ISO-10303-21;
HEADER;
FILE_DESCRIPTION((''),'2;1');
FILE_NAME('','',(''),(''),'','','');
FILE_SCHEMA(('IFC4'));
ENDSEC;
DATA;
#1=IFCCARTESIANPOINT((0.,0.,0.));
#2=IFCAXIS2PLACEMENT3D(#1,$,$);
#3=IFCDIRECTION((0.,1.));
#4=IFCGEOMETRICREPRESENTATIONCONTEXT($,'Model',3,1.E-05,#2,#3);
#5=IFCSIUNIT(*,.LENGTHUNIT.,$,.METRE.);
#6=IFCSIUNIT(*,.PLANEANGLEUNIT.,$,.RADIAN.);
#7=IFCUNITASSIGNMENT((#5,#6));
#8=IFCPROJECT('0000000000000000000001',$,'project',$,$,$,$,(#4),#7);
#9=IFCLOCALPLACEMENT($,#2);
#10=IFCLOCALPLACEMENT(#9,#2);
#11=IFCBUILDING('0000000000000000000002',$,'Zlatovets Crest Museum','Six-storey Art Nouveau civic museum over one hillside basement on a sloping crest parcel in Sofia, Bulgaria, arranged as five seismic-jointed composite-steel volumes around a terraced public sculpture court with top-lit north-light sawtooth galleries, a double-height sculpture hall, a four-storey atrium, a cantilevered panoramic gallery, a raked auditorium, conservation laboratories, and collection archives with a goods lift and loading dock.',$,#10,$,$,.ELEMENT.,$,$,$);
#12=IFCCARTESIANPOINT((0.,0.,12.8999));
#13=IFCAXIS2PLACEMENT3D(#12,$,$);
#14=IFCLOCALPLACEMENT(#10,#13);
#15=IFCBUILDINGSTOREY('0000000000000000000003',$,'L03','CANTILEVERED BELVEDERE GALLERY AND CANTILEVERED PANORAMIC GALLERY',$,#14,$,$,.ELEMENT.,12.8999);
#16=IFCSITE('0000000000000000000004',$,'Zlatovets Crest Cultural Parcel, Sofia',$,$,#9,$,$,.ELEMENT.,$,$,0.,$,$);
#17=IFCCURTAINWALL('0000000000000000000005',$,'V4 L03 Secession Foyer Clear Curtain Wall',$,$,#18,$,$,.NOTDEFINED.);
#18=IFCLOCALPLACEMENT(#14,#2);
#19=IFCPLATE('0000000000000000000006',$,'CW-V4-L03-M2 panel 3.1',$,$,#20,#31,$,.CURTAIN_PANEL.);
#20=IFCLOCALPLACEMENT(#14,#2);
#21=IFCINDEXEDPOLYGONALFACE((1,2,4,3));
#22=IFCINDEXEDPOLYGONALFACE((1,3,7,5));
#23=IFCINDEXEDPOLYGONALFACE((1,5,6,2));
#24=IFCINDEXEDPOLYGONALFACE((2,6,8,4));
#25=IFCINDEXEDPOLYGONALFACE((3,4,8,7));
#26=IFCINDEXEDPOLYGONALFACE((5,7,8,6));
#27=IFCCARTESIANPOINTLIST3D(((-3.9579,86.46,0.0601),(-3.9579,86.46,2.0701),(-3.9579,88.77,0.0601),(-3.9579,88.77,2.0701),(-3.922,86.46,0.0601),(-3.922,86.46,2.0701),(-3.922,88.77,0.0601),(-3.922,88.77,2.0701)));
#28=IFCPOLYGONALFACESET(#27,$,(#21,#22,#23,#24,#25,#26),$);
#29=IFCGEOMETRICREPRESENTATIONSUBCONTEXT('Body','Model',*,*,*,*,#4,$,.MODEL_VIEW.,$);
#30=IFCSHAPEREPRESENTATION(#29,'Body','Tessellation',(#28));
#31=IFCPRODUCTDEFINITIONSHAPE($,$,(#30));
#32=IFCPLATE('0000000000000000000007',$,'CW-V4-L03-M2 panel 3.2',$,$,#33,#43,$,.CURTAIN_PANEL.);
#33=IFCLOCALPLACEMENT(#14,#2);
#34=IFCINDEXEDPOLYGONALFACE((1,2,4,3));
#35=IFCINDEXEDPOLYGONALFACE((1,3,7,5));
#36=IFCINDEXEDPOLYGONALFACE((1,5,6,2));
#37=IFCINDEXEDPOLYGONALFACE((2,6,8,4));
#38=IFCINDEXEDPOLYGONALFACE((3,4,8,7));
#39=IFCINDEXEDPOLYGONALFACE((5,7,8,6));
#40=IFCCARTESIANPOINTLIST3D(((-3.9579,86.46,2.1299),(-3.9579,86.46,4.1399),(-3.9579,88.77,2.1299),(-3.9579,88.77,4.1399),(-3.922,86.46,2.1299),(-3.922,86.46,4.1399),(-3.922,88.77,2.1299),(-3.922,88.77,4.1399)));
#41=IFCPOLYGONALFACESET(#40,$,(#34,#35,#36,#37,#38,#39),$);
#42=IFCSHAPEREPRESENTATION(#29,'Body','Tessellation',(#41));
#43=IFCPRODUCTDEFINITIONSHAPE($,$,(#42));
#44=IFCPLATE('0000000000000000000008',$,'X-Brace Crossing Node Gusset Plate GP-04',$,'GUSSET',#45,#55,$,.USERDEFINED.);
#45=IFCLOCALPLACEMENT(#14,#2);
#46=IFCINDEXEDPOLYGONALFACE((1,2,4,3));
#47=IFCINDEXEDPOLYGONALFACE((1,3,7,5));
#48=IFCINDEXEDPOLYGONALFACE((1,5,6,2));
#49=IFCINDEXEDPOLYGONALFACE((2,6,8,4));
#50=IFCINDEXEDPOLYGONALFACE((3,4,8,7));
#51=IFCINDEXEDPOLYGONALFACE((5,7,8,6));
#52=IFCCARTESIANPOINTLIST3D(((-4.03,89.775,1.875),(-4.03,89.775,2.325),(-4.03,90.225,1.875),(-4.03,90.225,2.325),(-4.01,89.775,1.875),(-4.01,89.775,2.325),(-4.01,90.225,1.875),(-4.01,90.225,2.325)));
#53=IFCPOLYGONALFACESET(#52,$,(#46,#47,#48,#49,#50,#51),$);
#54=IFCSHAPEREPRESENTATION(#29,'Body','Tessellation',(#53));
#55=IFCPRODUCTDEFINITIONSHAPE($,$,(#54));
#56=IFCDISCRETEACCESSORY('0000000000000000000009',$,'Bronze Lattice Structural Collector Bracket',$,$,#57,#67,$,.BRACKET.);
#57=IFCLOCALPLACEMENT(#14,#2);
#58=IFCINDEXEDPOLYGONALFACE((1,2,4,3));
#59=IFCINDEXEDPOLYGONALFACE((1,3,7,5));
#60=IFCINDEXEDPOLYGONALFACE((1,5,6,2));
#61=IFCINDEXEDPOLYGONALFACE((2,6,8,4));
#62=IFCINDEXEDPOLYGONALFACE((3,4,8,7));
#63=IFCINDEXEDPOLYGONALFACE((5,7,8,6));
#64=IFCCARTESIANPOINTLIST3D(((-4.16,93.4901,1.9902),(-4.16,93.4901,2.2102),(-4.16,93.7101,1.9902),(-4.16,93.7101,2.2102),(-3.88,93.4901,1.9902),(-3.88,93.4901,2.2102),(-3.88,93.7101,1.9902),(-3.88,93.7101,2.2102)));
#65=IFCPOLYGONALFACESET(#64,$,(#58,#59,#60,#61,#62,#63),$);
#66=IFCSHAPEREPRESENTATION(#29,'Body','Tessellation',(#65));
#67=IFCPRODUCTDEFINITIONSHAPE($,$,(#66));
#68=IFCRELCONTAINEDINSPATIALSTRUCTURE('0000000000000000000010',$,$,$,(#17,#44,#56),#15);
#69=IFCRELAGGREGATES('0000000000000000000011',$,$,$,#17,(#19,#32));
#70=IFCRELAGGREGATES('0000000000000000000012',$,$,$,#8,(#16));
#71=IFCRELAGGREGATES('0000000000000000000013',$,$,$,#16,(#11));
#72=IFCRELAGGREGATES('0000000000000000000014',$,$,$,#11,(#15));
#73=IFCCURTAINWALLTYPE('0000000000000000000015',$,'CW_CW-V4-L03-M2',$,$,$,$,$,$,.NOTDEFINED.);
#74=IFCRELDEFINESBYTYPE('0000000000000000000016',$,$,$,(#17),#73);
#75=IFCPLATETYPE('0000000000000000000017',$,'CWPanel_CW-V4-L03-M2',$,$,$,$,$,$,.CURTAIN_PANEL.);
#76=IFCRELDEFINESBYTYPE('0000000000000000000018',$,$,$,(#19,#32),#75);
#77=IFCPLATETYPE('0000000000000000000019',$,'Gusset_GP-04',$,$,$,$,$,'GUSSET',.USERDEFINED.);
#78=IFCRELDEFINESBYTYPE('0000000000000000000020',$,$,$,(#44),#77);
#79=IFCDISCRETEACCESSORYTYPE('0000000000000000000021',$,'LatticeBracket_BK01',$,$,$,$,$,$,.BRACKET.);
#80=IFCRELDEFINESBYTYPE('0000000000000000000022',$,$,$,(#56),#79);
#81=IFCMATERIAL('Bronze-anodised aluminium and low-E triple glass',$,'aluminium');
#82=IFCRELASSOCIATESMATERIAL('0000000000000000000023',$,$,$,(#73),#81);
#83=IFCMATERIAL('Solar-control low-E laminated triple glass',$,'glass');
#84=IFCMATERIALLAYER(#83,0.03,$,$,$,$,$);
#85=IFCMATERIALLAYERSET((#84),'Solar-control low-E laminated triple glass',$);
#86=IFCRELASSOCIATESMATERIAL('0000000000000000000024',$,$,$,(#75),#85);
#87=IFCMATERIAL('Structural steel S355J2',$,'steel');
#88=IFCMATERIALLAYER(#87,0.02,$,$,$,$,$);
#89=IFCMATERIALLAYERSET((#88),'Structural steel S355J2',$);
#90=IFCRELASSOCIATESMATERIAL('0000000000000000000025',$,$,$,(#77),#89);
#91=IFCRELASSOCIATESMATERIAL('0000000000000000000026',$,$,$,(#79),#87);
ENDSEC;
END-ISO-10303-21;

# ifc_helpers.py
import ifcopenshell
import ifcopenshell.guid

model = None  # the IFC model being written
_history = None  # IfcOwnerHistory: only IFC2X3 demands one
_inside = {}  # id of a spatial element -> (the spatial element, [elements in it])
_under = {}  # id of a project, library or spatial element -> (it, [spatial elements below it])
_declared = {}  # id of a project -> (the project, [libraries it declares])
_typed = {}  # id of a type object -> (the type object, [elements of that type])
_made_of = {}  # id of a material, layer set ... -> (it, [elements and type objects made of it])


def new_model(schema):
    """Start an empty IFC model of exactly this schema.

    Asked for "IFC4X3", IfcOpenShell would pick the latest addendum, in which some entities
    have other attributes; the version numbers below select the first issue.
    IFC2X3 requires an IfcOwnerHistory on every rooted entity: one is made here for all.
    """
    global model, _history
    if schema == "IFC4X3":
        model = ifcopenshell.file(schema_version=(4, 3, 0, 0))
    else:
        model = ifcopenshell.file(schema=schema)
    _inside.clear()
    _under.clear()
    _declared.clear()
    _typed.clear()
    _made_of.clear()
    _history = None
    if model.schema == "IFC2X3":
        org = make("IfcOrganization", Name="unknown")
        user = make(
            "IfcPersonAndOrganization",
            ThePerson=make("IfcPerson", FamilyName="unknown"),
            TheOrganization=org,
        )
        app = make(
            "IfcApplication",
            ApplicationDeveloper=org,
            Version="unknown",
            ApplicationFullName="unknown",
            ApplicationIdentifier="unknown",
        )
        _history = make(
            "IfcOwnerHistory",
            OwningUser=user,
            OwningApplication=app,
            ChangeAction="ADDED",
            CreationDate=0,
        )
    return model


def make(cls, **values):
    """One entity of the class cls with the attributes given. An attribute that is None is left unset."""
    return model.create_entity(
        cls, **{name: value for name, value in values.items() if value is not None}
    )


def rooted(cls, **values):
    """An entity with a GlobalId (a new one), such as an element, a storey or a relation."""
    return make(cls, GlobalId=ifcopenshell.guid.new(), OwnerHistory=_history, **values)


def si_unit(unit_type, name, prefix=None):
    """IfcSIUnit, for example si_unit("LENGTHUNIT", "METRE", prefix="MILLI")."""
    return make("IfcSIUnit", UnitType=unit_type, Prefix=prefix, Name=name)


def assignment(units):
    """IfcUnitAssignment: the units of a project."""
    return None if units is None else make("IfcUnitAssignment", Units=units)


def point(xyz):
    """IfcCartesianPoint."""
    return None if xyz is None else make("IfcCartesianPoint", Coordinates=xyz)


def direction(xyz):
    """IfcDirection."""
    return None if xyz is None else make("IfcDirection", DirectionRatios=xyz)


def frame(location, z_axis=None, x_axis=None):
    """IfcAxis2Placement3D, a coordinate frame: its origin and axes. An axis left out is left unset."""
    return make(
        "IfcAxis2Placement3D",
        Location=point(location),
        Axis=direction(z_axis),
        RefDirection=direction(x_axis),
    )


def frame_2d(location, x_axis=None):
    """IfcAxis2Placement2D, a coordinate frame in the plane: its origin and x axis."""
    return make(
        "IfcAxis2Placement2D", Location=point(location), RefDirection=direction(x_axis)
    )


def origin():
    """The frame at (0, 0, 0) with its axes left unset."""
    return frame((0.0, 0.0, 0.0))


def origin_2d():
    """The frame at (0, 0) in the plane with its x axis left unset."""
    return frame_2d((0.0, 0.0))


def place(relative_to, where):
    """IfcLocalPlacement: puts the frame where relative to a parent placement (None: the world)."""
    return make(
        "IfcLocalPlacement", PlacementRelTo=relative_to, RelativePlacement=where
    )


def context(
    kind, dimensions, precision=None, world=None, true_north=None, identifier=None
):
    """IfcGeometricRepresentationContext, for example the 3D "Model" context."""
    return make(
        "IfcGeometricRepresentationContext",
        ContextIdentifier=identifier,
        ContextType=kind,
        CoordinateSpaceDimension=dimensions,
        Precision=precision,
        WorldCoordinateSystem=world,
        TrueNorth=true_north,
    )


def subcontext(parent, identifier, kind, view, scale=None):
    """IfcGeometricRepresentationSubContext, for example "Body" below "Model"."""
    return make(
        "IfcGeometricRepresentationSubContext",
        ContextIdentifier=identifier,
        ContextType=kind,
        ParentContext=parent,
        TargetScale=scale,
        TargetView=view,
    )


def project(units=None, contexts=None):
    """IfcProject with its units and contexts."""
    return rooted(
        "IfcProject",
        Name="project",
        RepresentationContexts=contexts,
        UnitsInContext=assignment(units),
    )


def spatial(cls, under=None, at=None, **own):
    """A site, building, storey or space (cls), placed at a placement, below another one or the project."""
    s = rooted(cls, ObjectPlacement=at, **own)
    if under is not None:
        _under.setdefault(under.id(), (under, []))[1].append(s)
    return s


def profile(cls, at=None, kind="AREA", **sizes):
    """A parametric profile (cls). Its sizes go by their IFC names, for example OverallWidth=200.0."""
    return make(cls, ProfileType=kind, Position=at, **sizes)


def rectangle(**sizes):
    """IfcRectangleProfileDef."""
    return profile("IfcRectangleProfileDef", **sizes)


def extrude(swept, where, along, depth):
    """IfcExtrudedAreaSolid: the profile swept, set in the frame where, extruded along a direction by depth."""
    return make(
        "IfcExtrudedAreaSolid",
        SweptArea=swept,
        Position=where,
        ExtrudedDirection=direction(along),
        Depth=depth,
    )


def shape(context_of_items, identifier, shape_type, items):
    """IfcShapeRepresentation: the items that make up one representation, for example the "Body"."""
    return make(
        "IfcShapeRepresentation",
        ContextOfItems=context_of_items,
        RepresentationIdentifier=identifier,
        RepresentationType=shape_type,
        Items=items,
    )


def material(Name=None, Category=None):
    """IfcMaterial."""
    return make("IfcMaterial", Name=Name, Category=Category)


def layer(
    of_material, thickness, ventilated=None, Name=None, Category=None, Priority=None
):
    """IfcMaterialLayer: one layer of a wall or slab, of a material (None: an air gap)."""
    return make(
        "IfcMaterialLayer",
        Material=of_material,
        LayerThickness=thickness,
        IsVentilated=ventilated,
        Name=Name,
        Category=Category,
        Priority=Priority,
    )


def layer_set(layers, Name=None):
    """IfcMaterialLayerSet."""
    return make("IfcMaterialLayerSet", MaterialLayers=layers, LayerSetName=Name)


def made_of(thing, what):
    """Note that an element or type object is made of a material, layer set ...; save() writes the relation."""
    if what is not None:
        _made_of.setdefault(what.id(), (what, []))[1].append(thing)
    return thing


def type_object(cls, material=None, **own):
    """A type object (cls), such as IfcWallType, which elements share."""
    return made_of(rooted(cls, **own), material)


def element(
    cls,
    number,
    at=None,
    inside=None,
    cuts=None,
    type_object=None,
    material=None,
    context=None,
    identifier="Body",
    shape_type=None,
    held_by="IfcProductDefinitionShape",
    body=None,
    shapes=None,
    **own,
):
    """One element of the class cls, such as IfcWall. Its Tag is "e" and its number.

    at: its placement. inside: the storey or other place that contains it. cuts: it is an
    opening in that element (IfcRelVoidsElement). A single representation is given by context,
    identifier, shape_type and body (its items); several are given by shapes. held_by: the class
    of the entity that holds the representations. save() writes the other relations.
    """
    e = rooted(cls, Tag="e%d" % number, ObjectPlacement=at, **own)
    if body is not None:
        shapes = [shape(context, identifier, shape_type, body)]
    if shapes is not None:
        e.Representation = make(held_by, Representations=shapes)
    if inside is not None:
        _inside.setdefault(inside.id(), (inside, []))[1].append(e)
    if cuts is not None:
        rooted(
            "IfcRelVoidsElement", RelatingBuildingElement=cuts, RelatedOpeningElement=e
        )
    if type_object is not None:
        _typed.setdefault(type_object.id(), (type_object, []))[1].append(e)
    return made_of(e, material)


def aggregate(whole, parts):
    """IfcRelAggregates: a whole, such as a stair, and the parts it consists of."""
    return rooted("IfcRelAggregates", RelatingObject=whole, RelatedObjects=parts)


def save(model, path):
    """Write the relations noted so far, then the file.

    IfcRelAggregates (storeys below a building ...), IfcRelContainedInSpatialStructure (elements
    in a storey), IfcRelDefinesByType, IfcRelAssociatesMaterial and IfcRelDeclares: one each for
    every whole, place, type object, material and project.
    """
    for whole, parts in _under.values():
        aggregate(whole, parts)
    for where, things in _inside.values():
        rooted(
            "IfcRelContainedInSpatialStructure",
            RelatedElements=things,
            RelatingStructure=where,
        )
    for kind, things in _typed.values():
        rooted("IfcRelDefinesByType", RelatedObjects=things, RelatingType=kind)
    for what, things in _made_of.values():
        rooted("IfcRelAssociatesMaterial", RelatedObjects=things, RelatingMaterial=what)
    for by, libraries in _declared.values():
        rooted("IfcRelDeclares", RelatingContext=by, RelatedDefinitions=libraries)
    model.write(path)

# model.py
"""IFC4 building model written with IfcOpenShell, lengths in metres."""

from ifc_helpers import new_model, si_unit, direction, frame, origin, origin_2d, place, context, subcontext, project, spatial, rectangle, extrude, material, layer, layer_set, type_object, element, aggregate, save


model = new_model("IFC4")

# Units and contexts
model_context = context("Model", 3, precision=1e-05, world=origin(), true_north=direction((0.0, 1.0)))
body_context = subcontext(model_context, "Body", "Model", "MODEL_VIEW")
ifc_project = project(units=[si_unit("LENGTHUNIT", "METRE"), si_unit("PLANEANGLEUNIT", "RADIAN")], contexts=[model_context])

# Site, building, storey
site_placement = place(None, origin())
site = spatial("IfcSite", under=ifc_project, at=site_placement, Name="Zlatovets Crest Cultural Parcel, Sofia", CompositionType="ELEMENT", RefElevation=0.0)
building_placement = place(site_placement, origin())
building = spatial("IfcBuilding", under=site, at=building_placement, Name="Zlatovets Crest Museum", Description="Six-storey Art Nouveau civic museum over one hillside basement on a sloping crest parcel in Sofia, Bulgaria, arranged as five seismic-jointed composite-steel volumes around a terraced public sculpture court with top-lit north-light sawtooth galleries, a double-height sculpture hall, a four-storey atrium, a cantilevered panoramic gallery, a raked auditorium, conservation laboratories, and collection archives with a goods lift and loading dock.", CompositionType="ELEMENT")
storey_placement = place(building_placement, frame((0.0, 0.0, 12.8999)))
storey = spatial("IfcBuildingStorey", under=building, at=storey_placement, Name="L03", Description="CANTILEVERED BELVEDERE GALLERY AND CANTILEVERED PANORAMIC GALLERY", CompositionType="ELEMENT", Elevation=12.8999)

# Curtain wall
ifc_material_1 = material(Name="Bronze-anodised aluminium and low-E triple glass", Category="aluminium")
curtain_wall_type = type_object("IfcCurtainWallType", Name="CW_CW-V4-L03-M2", PredefinedType="NOTDEFINED", material=ifc_material_1)
curtain_wall_placement = place(storey_placement, origin())
curtain_wall = element("IfcCurtainWall", 1, at=curtain_wall_placement, inside=storey, type_object=curtain_wall_type, Name="V4 L03 Secession Foyer Clear Curtain Wall", PredefinedType="NOTDEFINED")

# Plates
ifc_material_2 = material(Name="Solar-control low-E laminated triple glass", Category="glass")
ifc_layer_1 = layer(ifc_material_2, 0.03)
ifc_layer_set_1 = layer_set([ifc_layer_1], Name="Solar-control low-E laminated triple glass")
plate_type_1 = type_object("IfcPlateType", Name="CWPanel_CW-V4-L03-M2", PredefinedType="CURTAIN_PANEL", material=ifc_layer_set_1)
plate_1_placement = place(storey_placement, frame((-3.9399, 87.615, 0.0601), z_axis=(0.0, 0.0, 1.0), x_axis=(0.0, -1.0, 0.0)))
plate_1 = element("IfcPlate", 2, at=plate_1_placement, type_object=plate_type_1, Name="CW-V4-L03-M2 panel 3.1", PredefinedType="CURTAIN_PANEL", context=body_context, shape_type="SweptSolid", body=[
    extrude(rectangle(XDim=2.3101, YDim=0.0359, at=origin_2d()), origin(), (0.0, 0.0, 1.0), 2.01),
])
plate_2_placement = place(storey_placement, frame((-3.9399, 87.615, 2.1299), z_axis=(0.0, 0.0, 1.0), x_axis=(0.0, -1.0, 0.0)))
plate_2 = element("IfcPlate", 3, at=plate_2_placement, type_object=plate_type_1, Name="CW-V4-L03-M2 panel 3.2", PredefinedType="CURTAIN_PANEL", context=body_context, shape_type="SweptSolid", body=[
    extrude(rectangle(XDim=2.3101, YDim=0.0359, at=origin_2d()), origin(), (0.0, 0.0, 1.0), 2.01),
])
aggregate(curtain_wall, [plate_1, plate_2])
ifc_material_3 = material(Name="Structural steel S355J2", Category="steel")
ifc_layer_2 = layer(ifc_material_3, 0.02)
ifc_layer_set_2 = layer_set([ifc_layer_2], Name="Structural steel S355J2")
plate_type_2 = type_object("IfcPlateType", Name="Gusset_GP-04", ElementType="GUSSET", PredefinedType="USERDEFINED", material=ifc_layer_set_2)
plate_3_placement = place(storey_placement, frame((-4.02, 90.0, 1.875), z_axis=(0.0, 0.0, 1.0), x_axis=(1.0, 0.0, 0.0)))
element("IfcPlate", 4, at=plate_3_placement, inside=storey, type_object=plate_type_2, Name="X-Brace Crossing Node Gusset Plate GP-04", ObjectType="GUSSET", PredefinedType="USERDEFINED", context=body_context, shape_type="SweptSolid", body=[
    extrude(rectangle(XDim=0.02, YDim=0.45, at=origin_2d()), origin(), (0.0, 0.0, 1.0), 0.45),
])

# Discrete accessory
discrete_accessory_type = type_object("IfcDiscreteAccessoryType", Name="LatticeBracket_BK01", PredefinedType="BRACKET", material=ifc_material_3)
discrete_accessory_placement = place(storey_placement, frame((-4.02, 93.6001, 1.9902), z_axis=(0.0, 0.0, 1.0), x_axis=(1.0, 0.0, 0.0)))
element("IfcDiscreteAccessory", 5, at=discrete_accessory_placement, inside=storey, type_object=discrete_accessory_type, Name="Bronze Lattice Structural Collector Bracket", PredefinedType="BRACKET", context=body_context, shape_type="SweptSolid", body=[
    extrude(rectangle(XDim=0.28, YDim=0.22, at=origin_2d()), origin(), (0.0, 0.0, 1.0), 0.22),
])

save(model, "model.ifc")
